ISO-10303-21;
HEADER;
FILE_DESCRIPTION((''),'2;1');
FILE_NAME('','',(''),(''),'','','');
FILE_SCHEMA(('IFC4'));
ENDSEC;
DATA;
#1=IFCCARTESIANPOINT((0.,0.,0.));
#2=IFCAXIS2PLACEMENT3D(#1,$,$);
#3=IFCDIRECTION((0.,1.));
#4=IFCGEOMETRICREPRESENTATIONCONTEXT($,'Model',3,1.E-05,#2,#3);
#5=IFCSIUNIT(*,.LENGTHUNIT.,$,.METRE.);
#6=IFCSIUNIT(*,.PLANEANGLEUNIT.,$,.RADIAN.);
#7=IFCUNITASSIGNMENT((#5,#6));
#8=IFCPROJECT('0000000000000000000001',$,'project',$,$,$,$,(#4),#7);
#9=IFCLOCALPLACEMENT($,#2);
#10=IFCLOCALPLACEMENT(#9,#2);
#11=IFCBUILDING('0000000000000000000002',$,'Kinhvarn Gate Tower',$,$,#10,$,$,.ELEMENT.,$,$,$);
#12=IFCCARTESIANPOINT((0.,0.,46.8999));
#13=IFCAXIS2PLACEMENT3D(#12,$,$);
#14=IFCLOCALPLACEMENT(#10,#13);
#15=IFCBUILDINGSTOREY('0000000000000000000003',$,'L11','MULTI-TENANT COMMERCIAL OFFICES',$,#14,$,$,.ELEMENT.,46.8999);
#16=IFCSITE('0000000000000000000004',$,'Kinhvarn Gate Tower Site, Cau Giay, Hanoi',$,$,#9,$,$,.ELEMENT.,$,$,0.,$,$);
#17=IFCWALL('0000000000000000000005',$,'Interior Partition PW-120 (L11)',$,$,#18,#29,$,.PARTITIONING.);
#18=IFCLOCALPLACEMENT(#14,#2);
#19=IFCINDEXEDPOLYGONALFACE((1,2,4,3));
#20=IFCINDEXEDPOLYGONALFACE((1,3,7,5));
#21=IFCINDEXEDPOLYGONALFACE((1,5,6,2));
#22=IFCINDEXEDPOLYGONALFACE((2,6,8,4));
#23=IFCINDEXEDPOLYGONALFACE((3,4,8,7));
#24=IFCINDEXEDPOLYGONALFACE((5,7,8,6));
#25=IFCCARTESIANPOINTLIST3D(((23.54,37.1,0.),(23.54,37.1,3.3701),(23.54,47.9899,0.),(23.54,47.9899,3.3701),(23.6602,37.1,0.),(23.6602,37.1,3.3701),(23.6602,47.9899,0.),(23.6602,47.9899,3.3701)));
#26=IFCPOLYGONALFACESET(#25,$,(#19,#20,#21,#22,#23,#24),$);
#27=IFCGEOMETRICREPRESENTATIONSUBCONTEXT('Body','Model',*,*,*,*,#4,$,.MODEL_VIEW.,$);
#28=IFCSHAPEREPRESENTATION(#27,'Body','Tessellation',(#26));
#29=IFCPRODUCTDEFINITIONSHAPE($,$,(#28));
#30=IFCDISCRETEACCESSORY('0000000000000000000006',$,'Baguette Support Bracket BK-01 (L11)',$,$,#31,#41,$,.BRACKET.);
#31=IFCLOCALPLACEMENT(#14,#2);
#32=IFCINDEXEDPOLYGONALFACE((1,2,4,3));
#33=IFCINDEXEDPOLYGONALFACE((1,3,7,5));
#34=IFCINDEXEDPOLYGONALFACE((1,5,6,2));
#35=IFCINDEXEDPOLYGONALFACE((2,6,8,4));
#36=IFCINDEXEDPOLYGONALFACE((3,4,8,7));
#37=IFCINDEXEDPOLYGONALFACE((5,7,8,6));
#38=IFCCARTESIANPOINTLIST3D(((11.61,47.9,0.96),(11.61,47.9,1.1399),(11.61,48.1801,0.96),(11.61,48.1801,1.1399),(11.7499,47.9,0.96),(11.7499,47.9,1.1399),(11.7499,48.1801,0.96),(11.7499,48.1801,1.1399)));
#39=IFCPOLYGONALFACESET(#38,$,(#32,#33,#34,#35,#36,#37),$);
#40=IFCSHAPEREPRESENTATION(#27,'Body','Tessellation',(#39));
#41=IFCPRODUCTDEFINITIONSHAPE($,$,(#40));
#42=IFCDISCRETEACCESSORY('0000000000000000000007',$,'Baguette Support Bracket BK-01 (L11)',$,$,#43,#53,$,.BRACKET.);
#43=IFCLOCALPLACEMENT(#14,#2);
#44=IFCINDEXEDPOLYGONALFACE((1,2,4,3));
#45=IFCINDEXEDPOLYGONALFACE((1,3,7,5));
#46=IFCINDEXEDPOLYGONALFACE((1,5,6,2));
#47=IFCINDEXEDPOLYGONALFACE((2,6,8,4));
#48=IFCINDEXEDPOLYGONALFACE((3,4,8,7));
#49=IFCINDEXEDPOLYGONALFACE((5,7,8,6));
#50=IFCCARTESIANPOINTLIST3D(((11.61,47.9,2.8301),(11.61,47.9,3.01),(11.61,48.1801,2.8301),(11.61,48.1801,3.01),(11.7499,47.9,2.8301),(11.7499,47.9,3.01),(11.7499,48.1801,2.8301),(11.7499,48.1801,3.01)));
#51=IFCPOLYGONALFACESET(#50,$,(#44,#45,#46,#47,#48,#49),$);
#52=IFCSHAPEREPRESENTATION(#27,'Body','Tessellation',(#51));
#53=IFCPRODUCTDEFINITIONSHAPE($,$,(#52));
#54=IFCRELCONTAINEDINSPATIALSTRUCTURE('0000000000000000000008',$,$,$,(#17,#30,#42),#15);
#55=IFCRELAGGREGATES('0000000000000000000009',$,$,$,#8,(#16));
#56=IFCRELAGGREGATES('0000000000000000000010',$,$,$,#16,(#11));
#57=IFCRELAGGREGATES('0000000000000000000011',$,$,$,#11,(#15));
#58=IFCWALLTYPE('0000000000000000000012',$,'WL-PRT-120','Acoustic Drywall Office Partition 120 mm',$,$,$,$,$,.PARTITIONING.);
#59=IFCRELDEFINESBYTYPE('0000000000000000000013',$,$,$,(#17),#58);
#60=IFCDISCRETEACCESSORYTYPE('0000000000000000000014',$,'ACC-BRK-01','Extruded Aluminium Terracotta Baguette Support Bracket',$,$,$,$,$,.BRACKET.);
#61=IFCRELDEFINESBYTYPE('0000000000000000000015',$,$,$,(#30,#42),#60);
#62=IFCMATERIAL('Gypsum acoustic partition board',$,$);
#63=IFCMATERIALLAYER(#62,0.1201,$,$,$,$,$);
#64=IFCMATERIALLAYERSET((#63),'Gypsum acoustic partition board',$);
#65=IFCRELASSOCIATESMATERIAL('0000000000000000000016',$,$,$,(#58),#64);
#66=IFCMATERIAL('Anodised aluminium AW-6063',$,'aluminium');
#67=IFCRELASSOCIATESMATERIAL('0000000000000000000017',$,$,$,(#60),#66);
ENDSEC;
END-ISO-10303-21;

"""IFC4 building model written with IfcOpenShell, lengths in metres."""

from ifc_helpers import new_model, si_unit, direction, frame, frame_2d, origin, origin_2d, place, context, subcontext, project, spatial, rectangle, extrude, material, layer, layer_set, type_object, element, save


model = new_model("IFC4")

# Units and contexts
model_context = context("Model", 3, precision=1e-05, world=origin(), true_north=direction((0.0, 1.0)))
body_context = subcontext(model_context, "Body", "Model", "MODEL_VIEW")
ifc_project = project(units=[si_unit("LENGTHUNIT", "METRE"), si_unit("PLANEANGLEUNIT", "RADIAN")], contexts=[model_context])

# Site, building, storey
site_placement = place(None, origin())
site = spatial("IfcSite", under=ifc_project, at=site_placement, Name="Kinhvarn Gate Tower Site, Cau Giay, Hanoi", CompositionType="ELEMENT", RefElevation=0.0)
building_placement = place(site_placement, origin())
building = spatial("IfcBuilding", under=site, at=building_placement, Name="Kinhvarn Gate Tower", CompositionType="ELEMENT")
storey_placement = place(building_placement, frame((0.0, 0.0, 46.8999)))
storey = spatial("IfcBuildingStorey", under=building, at=storey_placement, Name="L11", Description="MULTI-TENANT COMMERCIAL OFFICES", CompositionType="ELEMENT", Elevation=46.8999)

# Shared definitions
ifc_material_1 = material(Name="Anodised aluminium AW-6063", Category="aluminium")

# Wall
ifc_material_2 = material(Name="Gypsum acoustic partition board")
ifc_layer_1 = layer(ifc_material_2, 0.1201)
ifc_layer_set_1 = layer_set([ifc_layer_1], Name="Gypsum acoustic partition board")
wall_type_1 = type_object("IfcWallType", Name="WL-PRT-120", Description="Acoustic Drywall Office Partition 120 mm", PredefinedType="PARTITIONING", material=ifc_layer_set_1)
wall_1_placement = place(storey_placement, frame((23.6001, 37.1001, 0.0), z_axis=(0.0, 0.0, 1.0), x_axis=(0.0, 1.0, 0.0)))
element("IfcWall", 1, at=wall_1_placement, inside=storey, type_object=wall_type_1, Name="Interior Partition PW-120 (L11)", PredefinedType="PARTITIONING", context=body_context, shape_type="SweptSolid", body=[
    extrude(rectangle(XDim=10.8899, YDim=0.1201, at=frame_2d((5.4448, 0.0))), origin(), (0.0, 0.0, 1.0), 3.3701),
])

# Discrete accessories
discrete_accessory_type = type_object("IfcDiscreteAccessoryType", Name="ACC-BRK-01", Description="Extruded Aluminium Terracotta Baguette Support Bracket", PredefinedType="BRACKET", material=ifc_material_1)
for number, where, z_axis, x_axis, name in (
    (2, (11.6799, 48.04, 0.96), (0.0, 0.0, 1.0), (-1.0, 0.0, 0.0), "Baguette Support Bracket BK-01 (L11)"),
    (3, (11.6799, 48.04, 2.8301), (0.0, 0.0, 1.0), (-1.0, 0.0, 0.0), "Baguette Support Bracket BK-01 (L11)"),
):
    element("IfcDiscreteAccessory", number, at=place(storey_placement, frame(where, z_axis=z_axis, x_axis=x_axis)), inside=storey, type_object=discrete_accessory_type, Name=name, PredefinedType="BRACKET", context=body_context, shape_type="SweptSolid", body=[
        extrude(rectangle(XDim=0.1399, YDim=0.28, at=origin_2d()), origin(), (0.0, 0.0, 1.0), 0.1799),
    ])

save(model, "model.ifc")
